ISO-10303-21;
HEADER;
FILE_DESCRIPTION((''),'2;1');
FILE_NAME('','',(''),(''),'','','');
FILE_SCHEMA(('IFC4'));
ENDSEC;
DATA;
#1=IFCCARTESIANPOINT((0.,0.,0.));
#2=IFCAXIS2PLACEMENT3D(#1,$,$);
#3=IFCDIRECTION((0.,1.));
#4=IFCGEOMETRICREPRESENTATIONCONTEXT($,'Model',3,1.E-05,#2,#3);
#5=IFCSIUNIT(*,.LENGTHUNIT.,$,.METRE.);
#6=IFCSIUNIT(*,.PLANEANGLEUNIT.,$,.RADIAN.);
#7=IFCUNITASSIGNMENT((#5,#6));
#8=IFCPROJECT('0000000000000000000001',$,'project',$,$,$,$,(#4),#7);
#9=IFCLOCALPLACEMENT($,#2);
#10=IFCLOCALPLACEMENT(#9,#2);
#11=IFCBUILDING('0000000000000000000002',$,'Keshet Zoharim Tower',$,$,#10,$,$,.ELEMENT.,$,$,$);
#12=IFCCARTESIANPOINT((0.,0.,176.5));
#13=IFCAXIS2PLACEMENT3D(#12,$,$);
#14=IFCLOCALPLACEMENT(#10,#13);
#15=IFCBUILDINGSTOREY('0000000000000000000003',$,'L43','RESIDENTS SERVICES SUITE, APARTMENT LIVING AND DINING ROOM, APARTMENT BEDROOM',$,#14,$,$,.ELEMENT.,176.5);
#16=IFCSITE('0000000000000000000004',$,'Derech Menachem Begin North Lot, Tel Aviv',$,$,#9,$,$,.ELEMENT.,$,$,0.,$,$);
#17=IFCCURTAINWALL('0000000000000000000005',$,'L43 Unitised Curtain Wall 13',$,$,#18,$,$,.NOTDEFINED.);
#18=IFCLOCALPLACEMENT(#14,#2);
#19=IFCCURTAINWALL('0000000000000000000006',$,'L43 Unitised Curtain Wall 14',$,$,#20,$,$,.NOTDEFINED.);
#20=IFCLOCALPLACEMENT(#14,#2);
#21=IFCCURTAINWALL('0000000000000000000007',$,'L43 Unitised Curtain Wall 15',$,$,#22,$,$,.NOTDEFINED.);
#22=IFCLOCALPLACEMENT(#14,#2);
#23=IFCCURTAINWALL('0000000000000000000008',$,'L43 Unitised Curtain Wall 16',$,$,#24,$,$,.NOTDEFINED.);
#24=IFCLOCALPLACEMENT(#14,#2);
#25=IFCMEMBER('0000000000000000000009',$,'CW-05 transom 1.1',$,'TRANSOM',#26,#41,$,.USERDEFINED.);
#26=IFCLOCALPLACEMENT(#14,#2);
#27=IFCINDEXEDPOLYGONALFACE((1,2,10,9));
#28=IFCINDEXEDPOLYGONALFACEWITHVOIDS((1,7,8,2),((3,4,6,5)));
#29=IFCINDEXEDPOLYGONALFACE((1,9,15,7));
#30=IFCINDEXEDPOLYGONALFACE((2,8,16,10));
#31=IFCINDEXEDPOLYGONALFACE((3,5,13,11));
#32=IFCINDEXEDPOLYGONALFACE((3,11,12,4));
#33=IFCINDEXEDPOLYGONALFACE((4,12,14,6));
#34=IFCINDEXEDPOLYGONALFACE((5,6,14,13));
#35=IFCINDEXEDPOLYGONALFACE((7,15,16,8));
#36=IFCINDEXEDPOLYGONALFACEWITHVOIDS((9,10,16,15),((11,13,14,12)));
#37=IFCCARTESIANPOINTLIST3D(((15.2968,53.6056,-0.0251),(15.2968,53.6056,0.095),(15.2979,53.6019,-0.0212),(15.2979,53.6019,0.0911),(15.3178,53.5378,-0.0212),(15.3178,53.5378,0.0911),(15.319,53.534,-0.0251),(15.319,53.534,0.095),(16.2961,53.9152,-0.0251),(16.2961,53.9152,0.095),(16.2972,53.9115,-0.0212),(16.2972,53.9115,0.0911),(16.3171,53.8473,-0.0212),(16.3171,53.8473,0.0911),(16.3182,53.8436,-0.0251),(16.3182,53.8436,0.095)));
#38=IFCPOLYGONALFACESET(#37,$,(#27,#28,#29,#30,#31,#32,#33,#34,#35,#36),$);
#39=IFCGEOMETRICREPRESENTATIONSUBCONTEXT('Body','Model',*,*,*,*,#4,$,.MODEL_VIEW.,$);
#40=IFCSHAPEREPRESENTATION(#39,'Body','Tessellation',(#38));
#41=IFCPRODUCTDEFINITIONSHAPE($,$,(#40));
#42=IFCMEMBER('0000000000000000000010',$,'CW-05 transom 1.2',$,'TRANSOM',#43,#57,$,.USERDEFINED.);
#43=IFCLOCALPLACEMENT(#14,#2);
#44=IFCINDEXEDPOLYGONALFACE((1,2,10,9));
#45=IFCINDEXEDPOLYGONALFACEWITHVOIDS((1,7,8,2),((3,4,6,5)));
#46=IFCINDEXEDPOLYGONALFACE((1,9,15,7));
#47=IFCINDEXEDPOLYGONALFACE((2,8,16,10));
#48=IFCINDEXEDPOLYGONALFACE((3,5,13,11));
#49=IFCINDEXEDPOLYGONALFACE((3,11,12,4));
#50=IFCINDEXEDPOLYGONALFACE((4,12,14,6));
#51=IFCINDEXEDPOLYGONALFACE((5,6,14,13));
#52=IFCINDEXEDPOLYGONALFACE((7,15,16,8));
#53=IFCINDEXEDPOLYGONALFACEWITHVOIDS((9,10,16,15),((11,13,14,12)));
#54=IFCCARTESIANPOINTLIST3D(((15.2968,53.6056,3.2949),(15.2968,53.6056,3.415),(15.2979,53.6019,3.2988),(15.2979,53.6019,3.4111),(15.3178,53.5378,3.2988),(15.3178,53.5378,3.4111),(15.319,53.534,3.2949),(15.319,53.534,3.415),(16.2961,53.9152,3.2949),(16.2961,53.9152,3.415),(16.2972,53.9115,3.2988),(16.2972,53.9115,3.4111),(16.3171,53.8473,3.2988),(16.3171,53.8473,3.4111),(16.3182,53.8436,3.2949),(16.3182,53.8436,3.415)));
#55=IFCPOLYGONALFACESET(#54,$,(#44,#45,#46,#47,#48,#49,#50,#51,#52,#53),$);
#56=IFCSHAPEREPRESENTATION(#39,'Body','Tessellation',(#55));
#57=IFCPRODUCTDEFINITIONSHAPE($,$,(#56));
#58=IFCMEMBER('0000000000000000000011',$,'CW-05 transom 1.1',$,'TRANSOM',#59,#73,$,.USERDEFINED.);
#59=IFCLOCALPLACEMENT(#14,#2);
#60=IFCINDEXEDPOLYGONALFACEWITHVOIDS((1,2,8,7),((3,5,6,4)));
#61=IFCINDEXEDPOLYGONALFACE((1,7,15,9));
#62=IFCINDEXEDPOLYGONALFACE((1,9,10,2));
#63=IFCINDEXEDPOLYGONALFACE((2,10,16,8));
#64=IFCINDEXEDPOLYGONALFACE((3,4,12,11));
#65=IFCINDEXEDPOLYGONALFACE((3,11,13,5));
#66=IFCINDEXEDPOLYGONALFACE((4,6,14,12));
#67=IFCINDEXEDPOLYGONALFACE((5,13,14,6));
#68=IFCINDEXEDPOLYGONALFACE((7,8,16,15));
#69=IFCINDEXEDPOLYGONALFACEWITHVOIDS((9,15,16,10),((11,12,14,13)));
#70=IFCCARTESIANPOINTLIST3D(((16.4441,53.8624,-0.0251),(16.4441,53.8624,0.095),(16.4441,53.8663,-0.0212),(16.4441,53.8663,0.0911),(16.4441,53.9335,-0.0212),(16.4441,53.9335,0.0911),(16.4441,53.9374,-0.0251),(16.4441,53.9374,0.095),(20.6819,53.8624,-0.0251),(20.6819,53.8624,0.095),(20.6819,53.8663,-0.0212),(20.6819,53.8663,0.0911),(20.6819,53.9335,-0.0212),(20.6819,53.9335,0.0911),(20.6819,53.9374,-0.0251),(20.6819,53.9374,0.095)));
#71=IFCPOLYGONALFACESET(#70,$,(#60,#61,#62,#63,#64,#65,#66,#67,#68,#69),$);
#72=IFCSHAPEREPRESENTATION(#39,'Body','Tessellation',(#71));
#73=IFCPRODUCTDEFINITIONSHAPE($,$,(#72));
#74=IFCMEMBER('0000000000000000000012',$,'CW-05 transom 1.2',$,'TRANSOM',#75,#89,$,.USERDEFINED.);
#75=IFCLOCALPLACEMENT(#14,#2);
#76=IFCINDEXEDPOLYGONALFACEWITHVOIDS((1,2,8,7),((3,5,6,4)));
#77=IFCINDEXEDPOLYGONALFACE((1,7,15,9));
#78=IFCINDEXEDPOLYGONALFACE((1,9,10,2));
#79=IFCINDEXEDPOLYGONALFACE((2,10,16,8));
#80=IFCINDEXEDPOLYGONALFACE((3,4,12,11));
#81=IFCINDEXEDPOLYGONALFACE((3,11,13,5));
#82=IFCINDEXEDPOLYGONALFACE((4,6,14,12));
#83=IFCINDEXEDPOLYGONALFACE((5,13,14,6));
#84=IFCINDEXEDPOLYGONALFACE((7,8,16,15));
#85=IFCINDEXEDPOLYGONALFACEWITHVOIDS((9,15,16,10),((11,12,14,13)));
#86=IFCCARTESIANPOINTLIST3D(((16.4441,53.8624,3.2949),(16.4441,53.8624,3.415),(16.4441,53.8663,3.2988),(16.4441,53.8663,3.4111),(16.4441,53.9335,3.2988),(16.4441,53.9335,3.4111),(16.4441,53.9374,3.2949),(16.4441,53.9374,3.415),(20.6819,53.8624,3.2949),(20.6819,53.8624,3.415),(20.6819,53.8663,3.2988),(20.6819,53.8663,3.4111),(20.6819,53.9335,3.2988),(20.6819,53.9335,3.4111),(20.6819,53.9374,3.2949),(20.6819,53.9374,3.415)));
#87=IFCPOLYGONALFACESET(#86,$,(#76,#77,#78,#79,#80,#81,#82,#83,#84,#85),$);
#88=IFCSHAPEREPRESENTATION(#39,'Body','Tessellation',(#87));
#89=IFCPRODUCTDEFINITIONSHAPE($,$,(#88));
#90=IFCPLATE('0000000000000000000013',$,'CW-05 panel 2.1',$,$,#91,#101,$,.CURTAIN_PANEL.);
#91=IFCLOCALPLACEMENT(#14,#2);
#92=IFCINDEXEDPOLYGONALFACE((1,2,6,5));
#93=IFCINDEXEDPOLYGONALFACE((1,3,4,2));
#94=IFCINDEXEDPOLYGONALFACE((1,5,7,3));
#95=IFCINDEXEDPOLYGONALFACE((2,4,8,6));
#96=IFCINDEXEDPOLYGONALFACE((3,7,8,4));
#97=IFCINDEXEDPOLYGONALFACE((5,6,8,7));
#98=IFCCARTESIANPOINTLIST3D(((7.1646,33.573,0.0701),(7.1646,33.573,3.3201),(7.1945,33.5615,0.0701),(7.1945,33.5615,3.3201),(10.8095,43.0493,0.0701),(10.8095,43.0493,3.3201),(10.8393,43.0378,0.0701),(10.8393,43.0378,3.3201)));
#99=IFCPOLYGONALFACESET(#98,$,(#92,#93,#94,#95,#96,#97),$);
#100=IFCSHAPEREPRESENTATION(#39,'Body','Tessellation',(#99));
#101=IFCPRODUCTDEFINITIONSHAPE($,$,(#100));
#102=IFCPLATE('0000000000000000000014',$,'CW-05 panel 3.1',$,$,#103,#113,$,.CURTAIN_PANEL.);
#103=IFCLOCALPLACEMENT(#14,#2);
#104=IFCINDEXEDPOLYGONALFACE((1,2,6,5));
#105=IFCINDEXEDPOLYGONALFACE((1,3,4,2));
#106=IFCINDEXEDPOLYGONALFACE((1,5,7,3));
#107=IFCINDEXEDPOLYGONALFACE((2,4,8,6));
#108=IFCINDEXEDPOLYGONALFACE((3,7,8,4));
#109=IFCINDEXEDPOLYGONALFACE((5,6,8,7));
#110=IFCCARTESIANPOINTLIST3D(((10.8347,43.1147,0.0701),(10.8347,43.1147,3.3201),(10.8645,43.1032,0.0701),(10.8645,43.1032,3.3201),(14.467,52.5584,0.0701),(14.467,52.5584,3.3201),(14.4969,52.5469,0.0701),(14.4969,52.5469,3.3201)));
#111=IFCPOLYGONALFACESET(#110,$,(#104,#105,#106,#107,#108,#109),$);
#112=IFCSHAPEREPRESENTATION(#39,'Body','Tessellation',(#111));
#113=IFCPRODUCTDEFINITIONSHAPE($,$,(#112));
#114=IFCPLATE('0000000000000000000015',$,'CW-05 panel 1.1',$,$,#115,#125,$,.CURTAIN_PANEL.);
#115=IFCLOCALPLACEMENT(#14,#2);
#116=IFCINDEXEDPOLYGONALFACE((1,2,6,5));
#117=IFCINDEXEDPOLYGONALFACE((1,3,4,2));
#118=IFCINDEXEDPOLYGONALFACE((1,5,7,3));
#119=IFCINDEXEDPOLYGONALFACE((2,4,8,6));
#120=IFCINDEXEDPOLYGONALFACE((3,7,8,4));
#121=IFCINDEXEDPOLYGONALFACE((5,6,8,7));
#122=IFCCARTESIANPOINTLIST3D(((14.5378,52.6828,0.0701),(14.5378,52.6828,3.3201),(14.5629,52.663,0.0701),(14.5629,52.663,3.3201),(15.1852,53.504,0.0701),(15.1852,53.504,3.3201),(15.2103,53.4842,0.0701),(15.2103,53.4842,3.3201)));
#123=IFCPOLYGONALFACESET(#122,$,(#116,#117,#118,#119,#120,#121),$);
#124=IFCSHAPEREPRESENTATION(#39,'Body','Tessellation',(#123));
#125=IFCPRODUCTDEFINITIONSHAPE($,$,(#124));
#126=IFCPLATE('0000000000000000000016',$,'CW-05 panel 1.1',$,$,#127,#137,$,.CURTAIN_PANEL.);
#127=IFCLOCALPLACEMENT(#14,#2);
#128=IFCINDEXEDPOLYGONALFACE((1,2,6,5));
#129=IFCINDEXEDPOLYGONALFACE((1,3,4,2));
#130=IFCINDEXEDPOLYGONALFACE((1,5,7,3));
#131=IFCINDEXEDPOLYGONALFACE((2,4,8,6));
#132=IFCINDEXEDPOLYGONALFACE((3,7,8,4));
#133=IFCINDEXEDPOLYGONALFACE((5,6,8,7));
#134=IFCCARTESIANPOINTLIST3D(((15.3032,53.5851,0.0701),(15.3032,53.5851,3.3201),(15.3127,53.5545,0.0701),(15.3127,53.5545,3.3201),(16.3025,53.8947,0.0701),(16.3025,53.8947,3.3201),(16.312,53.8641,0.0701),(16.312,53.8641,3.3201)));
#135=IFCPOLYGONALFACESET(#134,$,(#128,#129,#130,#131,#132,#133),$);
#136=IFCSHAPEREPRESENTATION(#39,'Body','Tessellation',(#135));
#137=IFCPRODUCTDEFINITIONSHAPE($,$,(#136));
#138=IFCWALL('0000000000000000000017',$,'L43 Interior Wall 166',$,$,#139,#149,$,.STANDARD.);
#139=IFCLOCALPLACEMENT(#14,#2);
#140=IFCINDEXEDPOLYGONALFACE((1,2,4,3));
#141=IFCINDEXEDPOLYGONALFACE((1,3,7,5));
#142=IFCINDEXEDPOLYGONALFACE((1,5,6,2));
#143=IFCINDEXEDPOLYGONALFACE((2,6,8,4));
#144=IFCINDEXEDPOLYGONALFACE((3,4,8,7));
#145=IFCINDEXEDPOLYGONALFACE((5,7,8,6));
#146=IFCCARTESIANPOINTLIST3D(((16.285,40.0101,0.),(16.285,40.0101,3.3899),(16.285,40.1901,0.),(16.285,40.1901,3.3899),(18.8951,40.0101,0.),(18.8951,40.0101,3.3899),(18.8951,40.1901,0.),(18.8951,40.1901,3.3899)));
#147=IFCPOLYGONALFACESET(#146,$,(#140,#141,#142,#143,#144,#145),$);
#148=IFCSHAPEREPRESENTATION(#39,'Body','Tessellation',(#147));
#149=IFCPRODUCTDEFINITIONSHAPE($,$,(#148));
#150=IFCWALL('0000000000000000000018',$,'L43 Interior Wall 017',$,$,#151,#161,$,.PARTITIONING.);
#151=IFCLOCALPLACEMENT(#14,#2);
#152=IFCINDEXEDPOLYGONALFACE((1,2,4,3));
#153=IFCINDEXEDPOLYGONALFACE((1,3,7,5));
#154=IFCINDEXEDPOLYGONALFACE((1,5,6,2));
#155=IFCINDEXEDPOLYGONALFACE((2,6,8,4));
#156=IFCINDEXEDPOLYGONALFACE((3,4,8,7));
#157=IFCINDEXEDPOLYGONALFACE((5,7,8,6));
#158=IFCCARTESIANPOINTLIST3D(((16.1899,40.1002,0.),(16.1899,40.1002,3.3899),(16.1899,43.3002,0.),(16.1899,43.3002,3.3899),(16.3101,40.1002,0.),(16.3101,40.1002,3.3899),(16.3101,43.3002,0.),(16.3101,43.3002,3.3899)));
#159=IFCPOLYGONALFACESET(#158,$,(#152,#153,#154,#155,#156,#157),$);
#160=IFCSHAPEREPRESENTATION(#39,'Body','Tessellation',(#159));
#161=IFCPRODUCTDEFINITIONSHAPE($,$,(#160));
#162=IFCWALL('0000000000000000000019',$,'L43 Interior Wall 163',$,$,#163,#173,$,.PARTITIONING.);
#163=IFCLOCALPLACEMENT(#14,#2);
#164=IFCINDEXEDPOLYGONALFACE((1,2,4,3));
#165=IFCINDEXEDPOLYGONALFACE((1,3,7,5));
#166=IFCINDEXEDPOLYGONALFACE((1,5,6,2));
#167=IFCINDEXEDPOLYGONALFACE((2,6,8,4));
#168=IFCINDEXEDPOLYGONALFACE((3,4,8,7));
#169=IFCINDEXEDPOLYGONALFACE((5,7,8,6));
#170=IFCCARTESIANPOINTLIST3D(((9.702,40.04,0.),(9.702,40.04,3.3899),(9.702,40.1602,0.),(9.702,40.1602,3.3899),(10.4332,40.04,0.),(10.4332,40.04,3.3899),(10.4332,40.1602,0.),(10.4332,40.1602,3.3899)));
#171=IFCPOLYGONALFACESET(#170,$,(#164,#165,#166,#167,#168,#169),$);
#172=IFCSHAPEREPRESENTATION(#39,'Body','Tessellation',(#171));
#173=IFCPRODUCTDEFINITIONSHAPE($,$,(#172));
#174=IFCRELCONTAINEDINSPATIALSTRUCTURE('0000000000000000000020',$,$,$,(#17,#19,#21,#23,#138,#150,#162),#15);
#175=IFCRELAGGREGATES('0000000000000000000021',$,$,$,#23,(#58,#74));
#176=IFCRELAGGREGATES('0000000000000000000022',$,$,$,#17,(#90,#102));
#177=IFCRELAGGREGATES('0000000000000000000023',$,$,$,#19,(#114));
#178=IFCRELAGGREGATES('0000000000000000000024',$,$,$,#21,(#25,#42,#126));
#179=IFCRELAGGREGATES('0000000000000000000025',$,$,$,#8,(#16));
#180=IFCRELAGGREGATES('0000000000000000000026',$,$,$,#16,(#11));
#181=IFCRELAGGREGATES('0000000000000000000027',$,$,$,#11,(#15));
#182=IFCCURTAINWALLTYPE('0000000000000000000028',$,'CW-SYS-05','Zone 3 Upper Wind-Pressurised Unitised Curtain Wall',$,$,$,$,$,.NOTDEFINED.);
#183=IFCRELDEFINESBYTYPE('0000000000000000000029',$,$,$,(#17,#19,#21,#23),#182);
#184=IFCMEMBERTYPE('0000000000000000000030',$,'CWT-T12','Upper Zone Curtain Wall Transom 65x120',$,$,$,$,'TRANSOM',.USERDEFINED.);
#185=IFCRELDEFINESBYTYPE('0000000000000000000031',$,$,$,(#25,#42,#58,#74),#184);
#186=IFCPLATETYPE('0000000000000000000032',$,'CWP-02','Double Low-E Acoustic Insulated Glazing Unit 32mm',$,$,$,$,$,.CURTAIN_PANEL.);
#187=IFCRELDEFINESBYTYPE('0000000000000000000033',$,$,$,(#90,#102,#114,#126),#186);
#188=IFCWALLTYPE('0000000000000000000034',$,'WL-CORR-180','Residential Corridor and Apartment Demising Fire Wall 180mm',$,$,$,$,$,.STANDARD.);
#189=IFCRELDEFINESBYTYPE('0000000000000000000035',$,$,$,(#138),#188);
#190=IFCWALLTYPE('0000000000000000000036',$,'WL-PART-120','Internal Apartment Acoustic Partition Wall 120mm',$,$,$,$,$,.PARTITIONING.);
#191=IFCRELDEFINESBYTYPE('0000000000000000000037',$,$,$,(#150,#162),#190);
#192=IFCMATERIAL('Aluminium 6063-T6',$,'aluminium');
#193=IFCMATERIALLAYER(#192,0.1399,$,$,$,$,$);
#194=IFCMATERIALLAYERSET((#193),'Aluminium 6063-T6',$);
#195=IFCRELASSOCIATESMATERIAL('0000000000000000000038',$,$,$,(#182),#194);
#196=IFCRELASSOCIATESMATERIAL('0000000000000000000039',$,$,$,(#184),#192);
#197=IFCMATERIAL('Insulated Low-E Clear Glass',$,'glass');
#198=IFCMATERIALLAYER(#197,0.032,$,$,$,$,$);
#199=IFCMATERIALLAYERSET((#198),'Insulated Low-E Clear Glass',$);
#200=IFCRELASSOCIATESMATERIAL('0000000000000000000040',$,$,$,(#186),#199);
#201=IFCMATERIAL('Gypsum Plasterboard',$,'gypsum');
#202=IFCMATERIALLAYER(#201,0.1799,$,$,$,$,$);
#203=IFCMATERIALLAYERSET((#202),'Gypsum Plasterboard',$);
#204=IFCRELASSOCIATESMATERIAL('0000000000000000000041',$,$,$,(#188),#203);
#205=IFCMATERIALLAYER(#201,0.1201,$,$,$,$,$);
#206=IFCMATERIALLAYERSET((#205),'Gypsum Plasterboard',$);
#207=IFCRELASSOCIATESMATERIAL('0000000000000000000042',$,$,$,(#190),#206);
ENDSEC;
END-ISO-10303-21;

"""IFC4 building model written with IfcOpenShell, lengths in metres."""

from ifc_helpers import new_model, si_unit, direction, frame, frame_2d, origin, origin_2d, place, context, subcontext, project, spatial, rectangle, hollow_rectangle, extrude, material, layer, layer_set, material_profile, profile_set, type_object, element, aggregate, save


model = new_model("IFC4")

# Units and contexts
model_context = context("Model", 3, precision=1e-05, world=origin(), true_north=direction((0.0, 1.0)))
body_context = subcontext(model_context, "Body", "Model", "MODEL_VIEW")
ifc_project = project(units=[si_unit("LENGTHUNIT", "METRE"), si_unit("PLANEANGLEUNIT", "RADIAN")], contexts=[model_context])

# Site, building, storey
site_placement = place(None, origin())
site = spatial("IfcSite", under=ifc_project, at=site_placement, Name="Derech Menachem Begin North Lot, Tel Aviv", CompositionType="ELEMENT", RefElevation=0.0)
building_placement = place(site_placement, origin())
building = spatial("IfcBuilding", under=site, at=building_placement, Name="Keshet Zoharim Tower", CompositionType="ELEMENT")
storey_placement = place(building_placement, frame((0.0, 0.0, 176.5)))
storey = spatial("IfcBuildingStorey", under=building, at=storey_placement, Name="L43", Description="RESIDENTS SERVICES SUITE, APARTMENT LIVING AND DINING ROOM, APARTMENT BEDROOM", CompositionType="ELEMENT", Elevation=176.5)

# Curtain walls
ifc_material_1 = material(Name="Aluminium 6063-T6", Category="aluminium")
ifc_layer_1 = layer(ifc_material_1, 0.1399)
ifc_layer_set_1 = layer_set([ifc_layer_1], Name="Aluminium 6063-T6")
curtain_wall_type = type_object("IfcCurtainWallType", Name="CW-SYS-05", Description="Zone 3 Upper Wind-Pressurised Unitised Curtain Wall", PredefinedType="NOTDEFINED", material=ifc_layer_set_1)
curtain_wall_1_placement = place(storey_placement, origin())
curtain_wall_1 = element("IfcCurtainWall", 1, at=curtain_wall_1_placement, inside=storey, type_object=curtain_wall_type, Name="L43 Unitised Curtain Wall 13", PredefinedType="NOTDEFINED")
curtain_wall_2_placement = place(storey_placement, origin())
curtain_wall_2 = element("IfcCurtainWall", 2, at=curtain_wall_2_placement, inside=storey, type_object=curtain_wall_type, Name="L43 Unitised Curtain Wall 14", PredefinedType="NOTDEFINED")
curtain_wall_3_placement = place(storey_placement, origin())
curtain_wall_3 = element("IfcCurtainWall", 3, at=curtain_wall_3_placement, inside=storey, type_object=curtain_wall_type, Name="L43 Unitised Curtain Wall 15", PredefinedType="NOTDEFINED")

# Curtain wall
curtain_wall_4_placement = place(storey_placement, origin())
curtain_wall_4 = element("IfcCurtainWall", 4, at=curtain_wall_4_placement, inside=storey, type_object=curtain_wall_type, Name="L43 Unitised Curtain Wall 16", PredefinedType="NOTDEFINED")

# Members
ifc_material_profile_1 = material_profile(ifc_material_1, hollow_rectangle(XDim=0.075, YDim=0.1201, WallThickness=0.0039, at=origin_2d()), Name="TRN-75x120")
ifc_profile_set_1 = profile_set([ifc_material_profile_1], Name="Aluminium 6063-T6")
member_type_1 = type_object("IfcMemberType", Name="CWT-T12", Description="Upper Zone Curtain Wall Transom 65x120", ElementType="TRANSOM", PredefinedType="USERDEFINED", material=ifc_profile_set_1)
member_1_placement = place(storey_placement, frame((15.3079, 53.5698, 0.0349), z_axis=(0.955212, 0.295922, 0.0), x_axis=(-0.295922, 0.955212, 0.0)))
member_1 = element("IfcMember", 5, at=member_1_placement, type_object=member_type_1, Name="CW-05 transom 1.1", ObjectType="TRANSOM", PredefinedType="USERDEFINED", context=body_context, shape_type="SweptSolid", body=[
    extrude(hollow_rectangle(XDim=0.075, YDim=0.1201, WallThickness=0.0039, at=origin_2d()), origin(), (0.0, 0.0, 1.0), 1.0461),
])
member_2_placement = place(storey_placement, frame((15.3079, 53.5698, 3.355), z_axis=(0.955212, 0.295922, 0.0), x_axis=(-0.295922, 0.955212, 0.0)))
member_2 = element("IfcMember", 6, at=member_2_placement, type_object=member_type_1, Name="CW-05 transom 1.2", ObjectType="TRANSOM", PredefinedType="USERDEFINED", context=body_context, shape_type="SweptSolid", body=[
    extrude(hollow_rectangle(XDim=0.075, YDim=0.1201, WallThickness=0.0039, at=origin_2d()), origin(), (0.0, 0.0, 1.0), 1.0461),
])
member_3_placement = place(storey_placement, frame((16.4441, 53.8999, 0.0349), z_axis=(1.0, 0.0, 0.0), x_axis=(0.0, 1.0, 0.0)))
member_3 = element("IfcMember", 7, at=member_3_placement, type_object=member_type_1, Name="CW-05 transom 1.1", ObjectType="TRANSOM", PredefinedType="USERDEFINED", context=body_context, shape_type="SweptSolid", body=[
    extrude(hollow_rectangle(XDim=0.075, YDim=0.1201, WallThickness=0.0039, at=origin_2d()), origin(), (0.0, 0.0, 1.0), 4.2378),
])
member_4_placement = place(storey_placement, frame((16.4441, 53.8999, 3.355), z_axis=(1.0, 0.0, 0.0), x_axis=(0.0, 1.0, 0.0)))
member_4 = element("IfcMember", 8, at=member_4_placement, type_object=member_type_1, Name="CW-05 transom 1.2", ObjectType="TRANSOM", PredefinedType="USERDEFINED", context=body_context, shape_type="SweptSolid", body=[
    extrude(hollow_rectangle(XDim=0.075, YDim=0.1201, WallThickness=0.0039, at=origin_2d()), origin(), (0.0, 0.0, 1.0), 4.2378),
])
aggregate(curtain_wall_4, [member_3, member_4])

# Plates
ifc_material_2 = material(Name="Insulated Low-E Clear Glass", Category="glass")
ifc_layer_2 = layer(ifc_material_2, 0.032)
ifc_layer_set_2 = layer_set([ifc_layer_2], Name="Insulated Low-E Clear Glass")
plate_type = type_object("IfcPlateType", Name="CWP-02", Description="Double Low-E Acoustic Insulated Glazing Unit 32mm", PredefinedType="CURTAIN_PANEL", material=ifc_layer_set_2)
plate_1_placement = place(storey_placement, frame((9.002, 38.3054, 0.0701), z_axis=(0.0, 0.0, 1.0), x_axis=(0.35899, 0.933341, 0.0)))
plate_1 = element("IfcPlate", 9, at=plate_1_placement, type_object=plate_type, Name="CW-05 panel 2.1", PredefinedType="CURTAIN_PANEL", context=body_context, shape_type="SweptSolid", body=[
    extrude(rectangle(XDim=10.1531, YDim=0.032, at=origin_2d()), origin(), (0.0, 0.0, 1.0), 3.25),
])
plate_2_placement = place(storey_placement, frame((12.6658, 47.8308, 0.0701), z_axis=(0.0, 0.0, 1.0), x_axis=(0.35899, 0.933341, 0.0)))
plate_2 = element("IfcPlate", 10, at=plate_2_placement, type_object=plate_type, Name="CW-05 panel 3.1", PredefinedType="CURTAIN_PANEL", context=body_context, shape_type="SweptSolid", body=[
    extrude(rectangle(XDim=10.1182, YDim=0.032, at=origin_2d()), origin(), (0.0, 0.0, 1.0), 3.25),
])
aggregate(curtain_wall_1, [plate_1, plate_2])
plate_3_placement = place(storey_placement, frame((14.874, 53.0835, 0.0701), z_axis=(0.0, 0.0, 1.0), x_axis=(0.619125, 0.785293, 0.0)))
plate_3 = element("IfcPlate", 11, at=plate_3_placement, type_object=plate_type, Name="CW-05 panel 1.1", PredefinedType="CURTAIN_PANEL", context=body_context, shape_type="SweptSolid", body=[
    extrude(rectangle(XDim=1.0457, YDim=0.032, at=origin_2d()), origin(), (0.0, 0.0, 1.0), 3.25),
])
aggregate(curtain_wall_2, [plate_3])
plate_4_placement = place(storey_placement, frame((15.8076, 53.7246, 0.0701), z_axis=(0.0, 0.0, 1.0), x_axis=(0.955212, 0.295922, 0.0)))
plate_4 = element("IfcPlate", 12, at=plate_4_placement, type_object=plate_type, Name="CW-05 panel 1.1", PredefinedType="CURTAIN_PANEL", context=body_context, shape_type="SweptSolid", body=[
    extrude(rectangle(XDim=1.0461, YDim=0.032, at=origin_2d()), origin(), (0.0, 0.0, 1.0), 3.25),
])
aggregate(curtain_wall_3, [member_1, member_2, plate_4])

# Shared definitions
ifc_material_3 = material(Name="Gypsum Plasterboard", Category="gypsum")
ifc_layer_3 = layer(ifc_material_3, 0.1799)
ifc_layer_set_3 = layer_set([ifc_layer_3], Name="Gypsum Plasterboard")
wall_type_1 = type_object("IfcWallType", Name="WL-CORR-180", Description="Residential Corridor and Apartment Demising Fire Wall 180mm", PredefinedType="STANDARD", material=ifc_layer_set_3)

# Walls
wall_1_placement = place(storey_placement, frame((16.2849, 40.1001, 0.0), z_axis=(0.0, 0.0, 1.0), x_axis=(1.0, 0.0, 0.0)))
element("IfcWall", 13, at=wall_1_placement, inside=storey, type_object=wall_type_1, Name="L43 Interior Wall 166", PredefinedType="STANDARD", context=body_context, shape_type="SweptSolid", body=[
    extrude(rectangle(XDim=2.6101, YDim=0.1799, at=frame_2d((1.3052, 0.0))), origin(), (0.0, 0.0, 1.0), 3.3899),
])
ifc_layer_4 = layer(ifc_material_3, 0.1201)
ifc_layer_set_4 = layer_set([ifc_layer_4], Name="Gypsum Plasterboard")
wall_type_2 = type_object("IfcWallType", Name="WL-PART-120", Description="Internal Apartment Acoustic Partition Wall 120mm", PredefinedType="PARTITIONING", material=ifc_layer_set_4)
wall_2_placement = place(storey_placement, frame((16.25, 40.1001, 0.0), z_axis=(0.0, 0.0, 1.0), x_axis=(0.0, 1.0, 0.0)))
element("IfcWall", 14, at=wall_2_placement, inside=storey, type_object=wall_type_2, Name="L43 Interior Wall 017", PredefinedType="PARTITIONING", context=body_context, shape_type="SweptSolid", body=[
    extrude(rectangle(XDim=3.2, YDim=0.1201, at=frame_2d((1.6001, 0.0))), origin(), (0.0, 0.0, 1.0), 3.3899),
])
wall_3_placement = place(storey_placement, frame((9.7019, 40.1001, 0.0), z_axis=(0.0, 0.0, 1.0), x_axis=(1.0, 0.0, 0.0)))
element("IfcWall", 15, at=wall_3_placement, inside=storey, type_object=wall_type_2, Name="L43 Interior Wall 163", PredefinedType="PARTITIONING", context=body_context, shape_type="SweptSolid", body=[
    extrude(rectangle(XDim=0.7312, YDim=0.1201, at=frame_2d((0.3657, 0.0))), origin(), (0.0, 0.0, 1.0), 3.3899),
])

save(model, "model.ifc")
